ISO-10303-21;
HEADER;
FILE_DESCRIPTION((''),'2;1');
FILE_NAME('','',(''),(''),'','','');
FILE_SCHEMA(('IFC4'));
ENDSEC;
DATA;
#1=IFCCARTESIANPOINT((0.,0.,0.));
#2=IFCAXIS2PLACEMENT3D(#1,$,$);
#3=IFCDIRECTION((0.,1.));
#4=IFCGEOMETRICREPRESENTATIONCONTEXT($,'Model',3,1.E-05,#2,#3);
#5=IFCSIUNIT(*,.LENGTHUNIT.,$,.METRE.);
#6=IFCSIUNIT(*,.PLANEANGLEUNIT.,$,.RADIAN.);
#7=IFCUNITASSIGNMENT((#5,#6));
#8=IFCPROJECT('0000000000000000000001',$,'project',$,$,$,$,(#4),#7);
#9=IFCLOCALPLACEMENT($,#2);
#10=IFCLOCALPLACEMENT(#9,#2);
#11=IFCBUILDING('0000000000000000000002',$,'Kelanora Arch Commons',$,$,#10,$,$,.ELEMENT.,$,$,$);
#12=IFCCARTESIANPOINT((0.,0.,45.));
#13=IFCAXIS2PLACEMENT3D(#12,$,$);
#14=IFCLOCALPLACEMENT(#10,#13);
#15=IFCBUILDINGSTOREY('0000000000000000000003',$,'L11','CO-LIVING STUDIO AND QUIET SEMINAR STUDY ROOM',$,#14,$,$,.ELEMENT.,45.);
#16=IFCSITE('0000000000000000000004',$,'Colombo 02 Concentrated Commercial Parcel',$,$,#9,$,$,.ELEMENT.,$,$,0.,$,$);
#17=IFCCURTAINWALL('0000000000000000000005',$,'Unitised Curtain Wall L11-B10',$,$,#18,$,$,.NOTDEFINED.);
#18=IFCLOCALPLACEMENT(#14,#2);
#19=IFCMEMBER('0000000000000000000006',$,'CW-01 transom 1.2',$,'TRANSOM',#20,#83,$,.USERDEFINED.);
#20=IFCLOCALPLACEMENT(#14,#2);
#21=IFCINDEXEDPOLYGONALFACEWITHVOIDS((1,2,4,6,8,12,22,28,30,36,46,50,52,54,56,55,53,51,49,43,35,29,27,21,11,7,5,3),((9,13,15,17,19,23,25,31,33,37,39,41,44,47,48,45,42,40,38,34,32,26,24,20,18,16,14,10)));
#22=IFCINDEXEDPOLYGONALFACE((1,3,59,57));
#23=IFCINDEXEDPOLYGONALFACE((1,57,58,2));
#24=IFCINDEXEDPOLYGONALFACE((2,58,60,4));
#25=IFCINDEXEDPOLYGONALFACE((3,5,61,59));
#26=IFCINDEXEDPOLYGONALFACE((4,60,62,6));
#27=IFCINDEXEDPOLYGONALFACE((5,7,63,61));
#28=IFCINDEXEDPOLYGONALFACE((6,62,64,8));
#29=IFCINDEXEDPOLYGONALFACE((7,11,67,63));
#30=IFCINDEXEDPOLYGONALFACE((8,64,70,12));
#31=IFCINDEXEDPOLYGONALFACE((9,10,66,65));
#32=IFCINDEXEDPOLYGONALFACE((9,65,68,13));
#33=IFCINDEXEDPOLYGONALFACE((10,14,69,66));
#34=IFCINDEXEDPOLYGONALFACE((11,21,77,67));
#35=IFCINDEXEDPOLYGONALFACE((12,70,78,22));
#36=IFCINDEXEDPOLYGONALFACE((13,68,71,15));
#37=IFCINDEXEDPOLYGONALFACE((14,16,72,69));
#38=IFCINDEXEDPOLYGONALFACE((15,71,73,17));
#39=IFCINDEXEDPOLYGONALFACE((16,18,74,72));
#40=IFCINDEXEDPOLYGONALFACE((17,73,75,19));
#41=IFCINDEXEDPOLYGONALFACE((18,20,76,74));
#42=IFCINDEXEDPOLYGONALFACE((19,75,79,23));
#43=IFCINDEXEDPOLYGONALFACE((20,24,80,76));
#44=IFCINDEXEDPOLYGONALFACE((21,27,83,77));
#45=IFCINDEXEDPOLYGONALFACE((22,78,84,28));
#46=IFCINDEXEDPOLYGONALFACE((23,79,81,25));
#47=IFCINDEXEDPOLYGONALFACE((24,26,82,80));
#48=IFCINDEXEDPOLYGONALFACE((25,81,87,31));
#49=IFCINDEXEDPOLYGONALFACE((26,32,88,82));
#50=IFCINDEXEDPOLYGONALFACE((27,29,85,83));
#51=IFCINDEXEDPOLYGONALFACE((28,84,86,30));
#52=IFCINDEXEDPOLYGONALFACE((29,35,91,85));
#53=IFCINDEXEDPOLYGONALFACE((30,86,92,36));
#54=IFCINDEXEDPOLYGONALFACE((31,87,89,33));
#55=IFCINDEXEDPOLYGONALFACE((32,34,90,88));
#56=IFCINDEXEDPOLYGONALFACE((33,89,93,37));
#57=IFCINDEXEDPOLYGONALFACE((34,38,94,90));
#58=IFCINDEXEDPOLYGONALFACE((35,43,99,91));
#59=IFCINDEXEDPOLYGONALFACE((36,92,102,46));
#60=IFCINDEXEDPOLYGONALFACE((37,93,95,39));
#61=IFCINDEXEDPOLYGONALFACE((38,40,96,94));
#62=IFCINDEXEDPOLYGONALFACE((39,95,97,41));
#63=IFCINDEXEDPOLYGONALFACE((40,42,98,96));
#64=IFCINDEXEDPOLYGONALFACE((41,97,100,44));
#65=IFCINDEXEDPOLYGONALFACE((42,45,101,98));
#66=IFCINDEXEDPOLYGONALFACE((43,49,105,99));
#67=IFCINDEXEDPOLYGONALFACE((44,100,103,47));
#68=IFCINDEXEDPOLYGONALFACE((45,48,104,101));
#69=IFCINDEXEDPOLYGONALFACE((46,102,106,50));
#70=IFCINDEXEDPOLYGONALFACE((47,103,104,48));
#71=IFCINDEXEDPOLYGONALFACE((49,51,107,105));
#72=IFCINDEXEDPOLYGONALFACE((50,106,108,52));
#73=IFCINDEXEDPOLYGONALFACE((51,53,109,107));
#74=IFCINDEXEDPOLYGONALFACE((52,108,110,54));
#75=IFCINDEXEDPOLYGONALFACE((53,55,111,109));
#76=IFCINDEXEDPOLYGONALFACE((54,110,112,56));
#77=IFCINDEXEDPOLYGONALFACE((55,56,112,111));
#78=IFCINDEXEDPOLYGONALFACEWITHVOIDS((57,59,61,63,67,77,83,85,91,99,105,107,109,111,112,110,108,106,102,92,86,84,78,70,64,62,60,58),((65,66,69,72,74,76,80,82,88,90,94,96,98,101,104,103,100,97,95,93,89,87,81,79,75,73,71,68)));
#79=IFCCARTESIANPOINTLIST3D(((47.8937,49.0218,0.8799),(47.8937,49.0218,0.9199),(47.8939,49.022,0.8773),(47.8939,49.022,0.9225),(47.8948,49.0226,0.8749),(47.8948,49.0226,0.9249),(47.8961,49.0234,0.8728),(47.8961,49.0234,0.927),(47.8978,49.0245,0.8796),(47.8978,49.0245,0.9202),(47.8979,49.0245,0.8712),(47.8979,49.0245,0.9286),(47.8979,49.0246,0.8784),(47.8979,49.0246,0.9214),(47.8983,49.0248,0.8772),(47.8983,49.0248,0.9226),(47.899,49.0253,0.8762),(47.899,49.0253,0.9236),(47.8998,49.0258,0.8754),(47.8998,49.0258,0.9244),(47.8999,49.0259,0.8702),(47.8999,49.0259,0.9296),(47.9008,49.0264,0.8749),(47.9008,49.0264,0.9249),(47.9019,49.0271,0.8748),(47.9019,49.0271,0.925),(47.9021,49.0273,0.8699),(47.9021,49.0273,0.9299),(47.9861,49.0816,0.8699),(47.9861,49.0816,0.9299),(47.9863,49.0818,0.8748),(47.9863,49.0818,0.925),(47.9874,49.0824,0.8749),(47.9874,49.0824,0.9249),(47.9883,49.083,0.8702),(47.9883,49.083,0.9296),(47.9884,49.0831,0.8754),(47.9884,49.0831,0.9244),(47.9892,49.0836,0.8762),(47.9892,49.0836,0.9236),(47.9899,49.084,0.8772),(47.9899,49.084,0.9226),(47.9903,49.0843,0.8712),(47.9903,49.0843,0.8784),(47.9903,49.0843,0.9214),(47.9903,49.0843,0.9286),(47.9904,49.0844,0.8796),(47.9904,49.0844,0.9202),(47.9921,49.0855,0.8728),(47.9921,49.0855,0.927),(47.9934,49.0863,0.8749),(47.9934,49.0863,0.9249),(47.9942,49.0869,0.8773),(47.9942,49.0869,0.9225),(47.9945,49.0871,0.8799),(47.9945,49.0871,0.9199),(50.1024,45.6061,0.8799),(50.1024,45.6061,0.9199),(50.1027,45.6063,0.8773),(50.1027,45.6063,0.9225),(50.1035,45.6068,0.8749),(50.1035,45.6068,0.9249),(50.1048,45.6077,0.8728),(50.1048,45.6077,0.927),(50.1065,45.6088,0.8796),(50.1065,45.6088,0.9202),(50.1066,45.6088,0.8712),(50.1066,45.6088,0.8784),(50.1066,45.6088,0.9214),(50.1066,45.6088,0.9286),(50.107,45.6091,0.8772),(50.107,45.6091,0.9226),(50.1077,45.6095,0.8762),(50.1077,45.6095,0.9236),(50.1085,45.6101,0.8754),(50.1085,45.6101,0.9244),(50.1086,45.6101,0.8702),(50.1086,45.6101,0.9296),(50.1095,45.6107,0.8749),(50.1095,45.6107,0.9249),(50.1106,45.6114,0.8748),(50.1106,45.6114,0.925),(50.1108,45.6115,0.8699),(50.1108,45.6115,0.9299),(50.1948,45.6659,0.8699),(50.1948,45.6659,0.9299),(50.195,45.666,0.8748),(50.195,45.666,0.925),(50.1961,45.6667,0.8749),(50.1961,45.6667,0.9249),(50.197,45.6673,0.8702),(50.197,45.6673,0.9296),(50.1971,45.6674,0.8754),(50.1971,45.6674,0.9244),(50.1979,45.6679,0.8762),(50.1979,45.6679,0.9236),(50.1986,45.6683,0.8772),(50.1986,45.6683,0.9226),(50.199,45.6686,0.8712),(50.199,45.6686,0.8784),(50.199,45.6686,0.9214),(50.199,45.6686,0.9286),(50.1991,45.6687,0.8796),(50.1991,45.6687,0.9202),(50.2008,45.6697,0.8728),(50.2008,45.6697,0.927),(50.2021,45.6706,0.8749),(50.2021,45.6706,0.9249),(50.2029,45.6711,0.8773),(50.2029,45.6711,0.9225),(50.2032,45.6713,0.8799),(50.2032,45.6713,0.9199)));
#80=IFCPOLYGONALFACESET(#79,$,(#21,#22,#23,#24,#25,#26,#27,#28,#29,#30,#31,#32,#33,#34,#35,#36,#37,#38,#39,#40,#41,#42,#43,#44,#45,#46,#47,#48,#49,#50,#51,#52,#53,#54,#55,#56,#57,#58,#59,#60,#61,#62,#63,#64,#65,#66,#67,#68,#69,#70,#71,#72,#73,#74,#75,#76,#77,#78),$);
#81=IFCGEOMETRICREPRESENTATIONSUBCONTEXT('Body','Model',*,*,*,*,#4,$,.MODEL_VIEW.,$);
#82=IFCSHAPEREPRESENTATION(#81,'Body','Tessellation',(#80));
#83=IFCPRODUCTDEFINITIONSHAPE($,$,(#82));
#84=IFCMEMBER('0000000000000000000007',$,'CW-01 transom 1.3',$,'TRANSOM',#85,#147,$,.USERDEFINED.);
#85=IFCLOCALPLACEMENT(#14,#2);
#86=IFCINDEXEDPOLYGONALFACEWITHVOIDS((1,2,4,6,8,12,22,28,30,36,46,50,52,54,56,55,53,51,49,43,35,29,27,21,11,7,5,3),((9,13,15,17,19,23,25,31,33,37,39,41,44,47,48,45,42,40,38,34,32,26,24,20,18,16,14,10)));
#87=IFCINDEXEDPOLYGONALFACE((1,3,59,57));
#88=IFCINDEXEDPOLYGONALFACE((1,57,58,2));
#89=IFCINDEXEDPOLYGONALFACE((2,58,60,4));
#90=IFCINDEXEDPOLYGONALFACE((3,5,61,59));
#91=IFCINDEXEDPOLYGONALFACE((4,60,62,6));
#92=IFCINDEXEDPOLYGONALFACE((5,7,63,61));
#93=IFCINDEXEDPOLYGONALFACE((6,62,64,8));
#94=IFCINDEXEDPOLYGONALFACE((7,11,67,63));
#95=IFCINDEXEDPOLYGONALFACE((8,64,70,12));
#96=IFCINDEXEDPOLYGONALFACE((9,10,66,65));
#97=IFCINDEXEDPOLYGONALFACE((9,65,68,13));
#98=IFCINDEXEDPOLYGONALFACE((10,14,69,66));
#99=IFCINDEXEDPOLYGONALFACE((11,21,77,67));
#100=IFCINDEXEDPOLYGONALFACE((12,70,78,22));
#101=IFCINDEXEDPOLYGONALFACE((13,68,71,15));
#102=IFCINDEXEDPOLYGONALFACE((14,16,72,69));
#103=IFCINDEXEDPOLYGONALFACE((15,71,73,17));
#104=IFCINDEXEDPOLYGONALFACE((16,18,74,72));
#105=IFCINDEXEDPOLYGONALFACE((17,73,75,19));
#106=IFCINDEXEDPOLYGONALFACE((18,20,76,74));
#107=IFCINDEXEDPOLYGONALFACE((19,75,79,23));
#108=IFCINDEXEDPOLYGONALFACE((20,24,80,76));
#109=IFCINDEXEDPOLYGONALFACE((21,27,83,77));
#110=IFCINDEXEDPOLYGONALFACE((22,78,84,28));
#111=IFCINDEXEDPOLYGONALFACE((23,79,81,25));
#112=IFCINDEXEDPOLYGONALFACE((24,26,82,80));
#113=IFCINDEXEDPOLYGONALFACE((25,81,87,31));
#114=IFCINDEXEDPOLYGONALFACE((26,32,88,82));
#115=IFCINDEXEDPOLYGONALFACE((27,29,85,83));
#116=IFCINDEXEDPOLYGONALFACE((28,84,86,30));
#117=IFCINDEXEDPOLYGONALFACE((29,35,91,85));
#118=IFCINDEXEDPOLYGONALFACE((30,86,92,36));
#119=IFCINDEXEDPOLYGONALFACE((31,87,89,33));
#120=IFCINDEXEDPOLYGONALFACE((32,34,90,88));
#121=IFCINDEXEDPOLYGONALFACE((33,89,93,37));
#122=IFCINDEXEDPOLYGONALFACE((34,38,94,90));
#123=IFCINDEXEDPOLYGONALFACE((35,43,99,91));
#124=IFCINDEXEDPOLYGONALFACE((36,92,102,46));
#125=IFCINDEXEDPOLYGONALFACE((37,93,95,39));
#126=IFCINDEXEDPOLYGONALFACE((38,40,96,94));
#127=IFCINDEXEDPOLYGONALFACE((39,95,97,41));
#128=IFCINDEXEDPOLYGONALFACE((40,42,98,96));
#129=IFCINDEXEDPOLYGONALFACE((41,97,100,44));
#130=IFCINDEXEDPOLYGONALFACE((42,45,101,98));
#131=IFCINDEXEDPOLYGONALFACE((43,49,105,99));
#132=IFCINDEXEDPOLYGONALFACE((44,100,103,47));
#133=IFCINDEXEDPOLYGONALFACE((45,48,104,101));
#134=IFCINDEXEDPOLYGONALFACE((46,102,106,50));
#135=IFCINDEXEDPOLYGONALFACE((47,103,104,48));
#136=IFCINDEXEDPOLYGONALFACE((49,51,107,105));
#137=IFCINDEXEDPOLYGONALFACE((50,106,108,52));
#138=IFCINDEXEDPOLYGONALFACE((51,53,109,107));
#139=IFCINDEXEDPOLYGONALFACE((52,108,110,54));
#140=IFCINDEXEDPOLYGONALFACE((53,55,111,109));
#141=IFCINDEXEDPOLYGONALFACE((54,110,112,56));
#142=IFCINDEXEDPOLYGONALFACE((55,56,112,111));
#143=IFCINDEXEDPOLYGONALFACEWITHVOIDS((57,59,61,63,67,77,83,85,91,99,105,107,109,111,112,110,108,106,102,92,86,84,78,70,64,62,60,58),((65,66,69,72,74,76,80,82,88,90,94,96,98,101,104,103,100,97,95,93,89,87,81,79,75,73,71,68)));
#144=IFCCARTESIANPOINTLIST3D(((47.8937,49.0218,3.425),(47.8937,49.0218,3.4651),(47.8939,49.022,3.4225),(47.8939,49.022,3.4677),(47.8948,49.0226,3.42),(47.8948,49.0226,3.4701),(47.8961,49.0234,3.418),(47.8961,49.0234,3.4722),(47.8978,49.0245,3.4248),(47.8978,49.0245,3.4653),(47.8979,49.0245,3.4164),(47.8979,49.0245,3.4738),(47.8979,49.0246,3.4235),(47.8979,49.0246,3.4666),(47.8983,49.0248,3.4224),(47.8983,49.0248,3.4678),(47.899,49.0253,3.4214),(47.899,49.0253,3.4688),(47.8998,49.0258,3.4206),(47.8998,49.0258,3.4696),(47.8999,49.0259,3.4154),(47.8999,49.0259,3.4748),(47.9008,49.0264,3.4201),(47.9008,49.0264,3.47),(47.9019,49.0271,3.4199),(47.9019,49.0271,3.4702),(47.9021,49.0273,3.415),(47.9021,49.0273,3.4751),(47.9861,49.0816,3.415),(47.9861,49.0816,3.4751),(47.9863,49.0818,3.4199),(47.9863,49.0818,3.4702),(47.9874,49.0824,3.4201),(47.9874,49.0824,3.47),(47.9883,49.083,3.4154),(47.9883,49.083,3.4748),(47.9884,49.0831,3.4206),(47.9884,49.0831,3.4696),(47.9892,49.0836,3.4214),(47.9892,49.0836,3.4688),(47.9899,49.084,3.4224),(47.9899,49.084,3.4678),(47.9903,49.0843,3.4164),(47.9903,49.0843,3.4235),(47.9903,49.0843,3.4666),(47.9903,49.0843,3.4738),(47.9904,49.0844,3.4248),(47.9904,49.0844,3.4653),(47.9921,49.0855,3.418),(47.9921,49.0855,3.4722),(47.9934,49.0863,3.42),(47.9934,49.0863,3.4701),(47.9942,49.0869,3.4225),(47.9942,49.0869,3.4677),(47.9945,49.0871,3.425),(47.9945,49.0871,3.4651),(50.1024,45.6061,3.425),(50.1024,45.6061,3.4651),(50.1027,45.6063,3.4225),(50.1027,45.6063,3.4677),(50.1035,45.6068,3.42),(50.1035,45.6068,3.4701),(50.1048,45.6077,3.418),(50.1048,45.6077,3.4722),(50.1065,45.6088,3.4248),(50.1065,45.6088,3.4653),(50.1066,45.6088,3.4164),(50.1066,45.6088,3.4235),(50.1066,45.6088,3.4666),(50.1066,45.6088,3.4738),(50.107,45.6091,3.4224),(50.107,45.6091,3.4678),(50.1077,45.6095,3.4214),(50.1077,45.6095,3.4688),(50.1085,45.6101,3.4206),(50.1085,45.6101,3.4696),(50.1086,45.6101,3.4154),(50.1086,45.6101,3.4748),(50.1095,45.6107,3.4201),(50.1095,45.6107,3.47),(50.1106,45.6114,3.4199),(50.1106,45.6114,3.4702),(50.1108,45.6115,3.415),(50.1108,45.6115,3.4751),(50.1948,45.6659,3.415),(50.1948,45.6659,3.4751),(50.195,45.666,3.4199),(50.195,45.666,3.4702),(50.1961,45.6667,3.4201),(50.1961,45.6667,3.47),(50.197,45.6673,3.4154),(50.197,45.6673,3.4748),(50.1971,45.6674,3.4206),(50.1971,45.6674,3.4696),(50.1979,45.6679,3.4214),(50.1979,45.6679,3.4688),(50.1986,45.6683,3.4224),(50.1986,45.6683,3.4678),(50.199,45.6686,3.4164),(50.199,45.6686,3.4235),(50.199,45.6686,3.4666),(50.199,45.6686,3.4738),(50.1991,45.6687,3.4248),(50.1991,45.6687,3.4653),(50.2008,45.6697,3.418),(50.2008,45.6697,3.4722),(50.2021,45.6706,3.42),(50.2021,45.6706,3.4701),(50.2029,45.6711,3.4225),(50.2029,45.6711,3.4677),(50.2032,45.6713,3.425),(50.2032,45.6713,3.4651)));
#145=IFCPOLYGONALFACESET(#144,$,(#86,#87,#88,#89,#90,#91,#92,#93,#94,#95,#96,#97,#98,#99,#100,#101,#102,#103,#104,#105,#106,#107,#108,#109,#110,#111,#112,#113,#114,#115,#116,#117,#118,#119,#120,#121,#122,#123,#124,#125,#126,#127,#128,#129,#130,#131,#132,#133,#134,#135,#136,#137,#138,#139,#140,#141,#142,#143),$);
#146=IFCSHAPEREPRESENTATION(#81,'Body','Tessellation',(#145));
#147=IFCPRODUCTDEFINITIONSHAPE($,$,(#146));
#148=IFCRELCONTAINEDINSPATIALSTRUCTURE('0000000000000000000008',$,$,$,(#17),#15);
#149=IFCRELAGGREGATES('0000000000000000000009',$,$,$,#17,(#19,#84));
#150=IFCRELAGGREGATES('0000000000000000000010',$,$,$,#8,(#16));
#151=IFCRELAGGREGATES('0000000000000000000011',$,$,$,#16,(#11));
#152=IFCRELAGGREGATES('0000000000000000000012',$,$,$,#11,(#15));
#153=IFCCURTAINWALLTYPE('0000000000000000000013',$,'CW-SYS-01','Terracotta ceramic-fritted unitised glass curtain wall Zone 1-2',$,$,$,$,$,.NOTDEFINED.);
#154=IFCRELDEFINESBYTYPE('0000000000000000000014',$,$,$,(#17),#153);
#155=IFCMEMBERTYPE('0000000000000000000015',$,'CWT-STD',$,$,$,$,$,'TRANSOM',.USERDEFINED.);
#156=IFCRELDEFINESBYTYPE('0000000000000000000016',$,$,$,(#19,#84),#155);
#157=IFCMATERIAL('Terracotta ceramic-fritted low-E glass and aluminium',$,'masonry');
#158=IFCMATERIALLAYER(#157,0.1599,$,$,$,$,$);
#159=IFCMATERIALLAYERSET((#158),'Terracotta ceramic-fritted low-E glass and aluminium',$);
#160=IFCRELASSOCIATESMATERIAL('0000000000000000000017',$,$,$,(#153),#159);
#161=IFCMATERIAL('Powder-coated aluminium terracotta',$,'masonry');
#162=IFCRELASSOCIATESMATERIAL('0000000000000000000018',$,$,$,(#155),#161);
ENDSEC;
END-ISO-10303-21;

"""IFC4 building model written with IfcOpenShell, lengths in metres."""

from ifc_helpers import new_model, si_unit, direction, frame, origin, origin_2d, place, context, subcontext, project, spatial, hollow_rectangle, extrude, material, layer, layer_set, material_profile, profile_set, type_object, element, aggregate, save


model = new_model("IFC4")

# Units and contexts
model_context = context("Model", 3, precision=1e-05, world=origin(), true_north=direction((0.0, 1.0)))
body_context = subcontext(model_context, "Body", "Model", "MODEL_VIEW")
ifc_project = project(units=[si_unit("LENGTHUNIT", "METRE"), si_unit("PLANEANGLEUNIT", "RADIAN")], contexts=[model_context])

# Site, building, storey
site_placement = place(None, origin())
site = spatial("IfcSite", under=ifc_project, at=site_placement, Name="Colombo 02 Concentrated Commercial Parcel", CompositionType="ELEMENT", RefElevation=0.0)
building_placement = place(site_placement, origin())
building = spatial("IfcBuilding", under=site, at=building_placement, Name="Kelanora Arch Commons", CompositionType="ELEMENT")
storey_placement = place(building_placement, frame((0.0, 0.0, 45.0)))
storey = spatial("IfcBuildingStorey", under=building, at=storey_placement, Name="L11", Description="CO-LIVING STUDIO AND QUIET SEMINAR STUDY ROOM", CompositionType="ELEMENT", Elevation=45.0)

# Shared definitions
ifc_material_1 = material(Name="Terracotta ceramic-fritted low-E glass and aluminium", Category="masonry")
ifc_layer_1 = layer(ifc_material_1, 0.1599)
ifc_layer_set_1 = layer_set([ifc_layer_1], Name="Terracotta ceramic-fritted low-E glass and aluminium")
curtain_wall_type = type_object("IfcCurtainWallType", Name="CW-SYS-01", Description="Terracotta ceramic-fritted unitised glass curtain wall Zone 1-2", PredefinedType="NOTDEFINED", material=ifc_layer_set_1)
ifc_material_2 = material(Name="Powder-coated aluminium terracotta", Category="masonry")

# Curtain wall, members
curtain_wall_1_placement = place(storey_placement, origin())
curtain_wall_1 = element("IfcCurtainWall", 1, at=curtain_wall_1_placement, inside=storey, type_object=curtain_wall_type, Name="Unitised Curtain Wall L11-B10", PredefinedType="NOTDEFINED")
ifc_material_profile_1 = material_profile(ifc_material_2, hollow_rectangle(XDim=0.1201, YDim=0.0601, WallThickness=0.0049, InnerFilletRadius=0.0049, OuterFilletRadius=0.01, at=origin_2d()), Name="CWT120x60")
ifc_profile_set_1 = profile_set([ifc_material_profile_1], Name="Powder-coated aluminium terracotta")
member_type_1 = type_object("IfcMemberType", Name="CWT-STD", ElementType="TRANSOM", PredefinedType="USERDEFINED", material=ifc_profile_set_1)
member_1_placement = place(storey_placement, frame((47.9441, 49.0544, 0.8999), z_axis=(0.542997, -0.839734, 0.0), x_axis=(0.839734, 0.542997, 0.0)))
member_1 = element("IfcMember", 2, at=member_1_placement, type_object=member_type_1, Name="CW-01 transom 1.2", ObjectType="TRANSOM", PredefinedType="USERDEFINED", context=body_context, shape_type="SweptSolid", body=[
    extrude(hollow_rectangle(XDim=0.1201, YDim=0.0601, WallThickness=0.0049, InnerFilletRadius=0.0049, OuterFilletRadius=0.01, at=origin_2d()), origin(), (0.0, 0.0, 1.0), 4.0676),
])
member_2_placement = place(storey_placement, frame((47.9441, 49.0544, 3.4451), z_axis=(0.542997, -0.839734, 0.0), x_axis=(0.839734, 0.542997, 0.0)))
member_2 = element("IfcMember", 3, at=member_2_placement, type_object=member_type_1, Name="CW-01 transom 1.3", ObjectType="TRANSOM", PredefinedType="USERDEFINED", context=body_context, shape_type="SweptSolid", body=[
    extrude(hollow_rectangle(XDim=0.1201, YDim=0.0601, WallThickness=0.0049, InnerFilletRadius=0.0049, OuterFilletRadius=0.01, at=origin_2d()), origin(), (0.0, 0.0, 1.0), 4.0676),
])

aggregate(curtain_wall_1, [member_1, member_2])

save(model, "model.ifc")
